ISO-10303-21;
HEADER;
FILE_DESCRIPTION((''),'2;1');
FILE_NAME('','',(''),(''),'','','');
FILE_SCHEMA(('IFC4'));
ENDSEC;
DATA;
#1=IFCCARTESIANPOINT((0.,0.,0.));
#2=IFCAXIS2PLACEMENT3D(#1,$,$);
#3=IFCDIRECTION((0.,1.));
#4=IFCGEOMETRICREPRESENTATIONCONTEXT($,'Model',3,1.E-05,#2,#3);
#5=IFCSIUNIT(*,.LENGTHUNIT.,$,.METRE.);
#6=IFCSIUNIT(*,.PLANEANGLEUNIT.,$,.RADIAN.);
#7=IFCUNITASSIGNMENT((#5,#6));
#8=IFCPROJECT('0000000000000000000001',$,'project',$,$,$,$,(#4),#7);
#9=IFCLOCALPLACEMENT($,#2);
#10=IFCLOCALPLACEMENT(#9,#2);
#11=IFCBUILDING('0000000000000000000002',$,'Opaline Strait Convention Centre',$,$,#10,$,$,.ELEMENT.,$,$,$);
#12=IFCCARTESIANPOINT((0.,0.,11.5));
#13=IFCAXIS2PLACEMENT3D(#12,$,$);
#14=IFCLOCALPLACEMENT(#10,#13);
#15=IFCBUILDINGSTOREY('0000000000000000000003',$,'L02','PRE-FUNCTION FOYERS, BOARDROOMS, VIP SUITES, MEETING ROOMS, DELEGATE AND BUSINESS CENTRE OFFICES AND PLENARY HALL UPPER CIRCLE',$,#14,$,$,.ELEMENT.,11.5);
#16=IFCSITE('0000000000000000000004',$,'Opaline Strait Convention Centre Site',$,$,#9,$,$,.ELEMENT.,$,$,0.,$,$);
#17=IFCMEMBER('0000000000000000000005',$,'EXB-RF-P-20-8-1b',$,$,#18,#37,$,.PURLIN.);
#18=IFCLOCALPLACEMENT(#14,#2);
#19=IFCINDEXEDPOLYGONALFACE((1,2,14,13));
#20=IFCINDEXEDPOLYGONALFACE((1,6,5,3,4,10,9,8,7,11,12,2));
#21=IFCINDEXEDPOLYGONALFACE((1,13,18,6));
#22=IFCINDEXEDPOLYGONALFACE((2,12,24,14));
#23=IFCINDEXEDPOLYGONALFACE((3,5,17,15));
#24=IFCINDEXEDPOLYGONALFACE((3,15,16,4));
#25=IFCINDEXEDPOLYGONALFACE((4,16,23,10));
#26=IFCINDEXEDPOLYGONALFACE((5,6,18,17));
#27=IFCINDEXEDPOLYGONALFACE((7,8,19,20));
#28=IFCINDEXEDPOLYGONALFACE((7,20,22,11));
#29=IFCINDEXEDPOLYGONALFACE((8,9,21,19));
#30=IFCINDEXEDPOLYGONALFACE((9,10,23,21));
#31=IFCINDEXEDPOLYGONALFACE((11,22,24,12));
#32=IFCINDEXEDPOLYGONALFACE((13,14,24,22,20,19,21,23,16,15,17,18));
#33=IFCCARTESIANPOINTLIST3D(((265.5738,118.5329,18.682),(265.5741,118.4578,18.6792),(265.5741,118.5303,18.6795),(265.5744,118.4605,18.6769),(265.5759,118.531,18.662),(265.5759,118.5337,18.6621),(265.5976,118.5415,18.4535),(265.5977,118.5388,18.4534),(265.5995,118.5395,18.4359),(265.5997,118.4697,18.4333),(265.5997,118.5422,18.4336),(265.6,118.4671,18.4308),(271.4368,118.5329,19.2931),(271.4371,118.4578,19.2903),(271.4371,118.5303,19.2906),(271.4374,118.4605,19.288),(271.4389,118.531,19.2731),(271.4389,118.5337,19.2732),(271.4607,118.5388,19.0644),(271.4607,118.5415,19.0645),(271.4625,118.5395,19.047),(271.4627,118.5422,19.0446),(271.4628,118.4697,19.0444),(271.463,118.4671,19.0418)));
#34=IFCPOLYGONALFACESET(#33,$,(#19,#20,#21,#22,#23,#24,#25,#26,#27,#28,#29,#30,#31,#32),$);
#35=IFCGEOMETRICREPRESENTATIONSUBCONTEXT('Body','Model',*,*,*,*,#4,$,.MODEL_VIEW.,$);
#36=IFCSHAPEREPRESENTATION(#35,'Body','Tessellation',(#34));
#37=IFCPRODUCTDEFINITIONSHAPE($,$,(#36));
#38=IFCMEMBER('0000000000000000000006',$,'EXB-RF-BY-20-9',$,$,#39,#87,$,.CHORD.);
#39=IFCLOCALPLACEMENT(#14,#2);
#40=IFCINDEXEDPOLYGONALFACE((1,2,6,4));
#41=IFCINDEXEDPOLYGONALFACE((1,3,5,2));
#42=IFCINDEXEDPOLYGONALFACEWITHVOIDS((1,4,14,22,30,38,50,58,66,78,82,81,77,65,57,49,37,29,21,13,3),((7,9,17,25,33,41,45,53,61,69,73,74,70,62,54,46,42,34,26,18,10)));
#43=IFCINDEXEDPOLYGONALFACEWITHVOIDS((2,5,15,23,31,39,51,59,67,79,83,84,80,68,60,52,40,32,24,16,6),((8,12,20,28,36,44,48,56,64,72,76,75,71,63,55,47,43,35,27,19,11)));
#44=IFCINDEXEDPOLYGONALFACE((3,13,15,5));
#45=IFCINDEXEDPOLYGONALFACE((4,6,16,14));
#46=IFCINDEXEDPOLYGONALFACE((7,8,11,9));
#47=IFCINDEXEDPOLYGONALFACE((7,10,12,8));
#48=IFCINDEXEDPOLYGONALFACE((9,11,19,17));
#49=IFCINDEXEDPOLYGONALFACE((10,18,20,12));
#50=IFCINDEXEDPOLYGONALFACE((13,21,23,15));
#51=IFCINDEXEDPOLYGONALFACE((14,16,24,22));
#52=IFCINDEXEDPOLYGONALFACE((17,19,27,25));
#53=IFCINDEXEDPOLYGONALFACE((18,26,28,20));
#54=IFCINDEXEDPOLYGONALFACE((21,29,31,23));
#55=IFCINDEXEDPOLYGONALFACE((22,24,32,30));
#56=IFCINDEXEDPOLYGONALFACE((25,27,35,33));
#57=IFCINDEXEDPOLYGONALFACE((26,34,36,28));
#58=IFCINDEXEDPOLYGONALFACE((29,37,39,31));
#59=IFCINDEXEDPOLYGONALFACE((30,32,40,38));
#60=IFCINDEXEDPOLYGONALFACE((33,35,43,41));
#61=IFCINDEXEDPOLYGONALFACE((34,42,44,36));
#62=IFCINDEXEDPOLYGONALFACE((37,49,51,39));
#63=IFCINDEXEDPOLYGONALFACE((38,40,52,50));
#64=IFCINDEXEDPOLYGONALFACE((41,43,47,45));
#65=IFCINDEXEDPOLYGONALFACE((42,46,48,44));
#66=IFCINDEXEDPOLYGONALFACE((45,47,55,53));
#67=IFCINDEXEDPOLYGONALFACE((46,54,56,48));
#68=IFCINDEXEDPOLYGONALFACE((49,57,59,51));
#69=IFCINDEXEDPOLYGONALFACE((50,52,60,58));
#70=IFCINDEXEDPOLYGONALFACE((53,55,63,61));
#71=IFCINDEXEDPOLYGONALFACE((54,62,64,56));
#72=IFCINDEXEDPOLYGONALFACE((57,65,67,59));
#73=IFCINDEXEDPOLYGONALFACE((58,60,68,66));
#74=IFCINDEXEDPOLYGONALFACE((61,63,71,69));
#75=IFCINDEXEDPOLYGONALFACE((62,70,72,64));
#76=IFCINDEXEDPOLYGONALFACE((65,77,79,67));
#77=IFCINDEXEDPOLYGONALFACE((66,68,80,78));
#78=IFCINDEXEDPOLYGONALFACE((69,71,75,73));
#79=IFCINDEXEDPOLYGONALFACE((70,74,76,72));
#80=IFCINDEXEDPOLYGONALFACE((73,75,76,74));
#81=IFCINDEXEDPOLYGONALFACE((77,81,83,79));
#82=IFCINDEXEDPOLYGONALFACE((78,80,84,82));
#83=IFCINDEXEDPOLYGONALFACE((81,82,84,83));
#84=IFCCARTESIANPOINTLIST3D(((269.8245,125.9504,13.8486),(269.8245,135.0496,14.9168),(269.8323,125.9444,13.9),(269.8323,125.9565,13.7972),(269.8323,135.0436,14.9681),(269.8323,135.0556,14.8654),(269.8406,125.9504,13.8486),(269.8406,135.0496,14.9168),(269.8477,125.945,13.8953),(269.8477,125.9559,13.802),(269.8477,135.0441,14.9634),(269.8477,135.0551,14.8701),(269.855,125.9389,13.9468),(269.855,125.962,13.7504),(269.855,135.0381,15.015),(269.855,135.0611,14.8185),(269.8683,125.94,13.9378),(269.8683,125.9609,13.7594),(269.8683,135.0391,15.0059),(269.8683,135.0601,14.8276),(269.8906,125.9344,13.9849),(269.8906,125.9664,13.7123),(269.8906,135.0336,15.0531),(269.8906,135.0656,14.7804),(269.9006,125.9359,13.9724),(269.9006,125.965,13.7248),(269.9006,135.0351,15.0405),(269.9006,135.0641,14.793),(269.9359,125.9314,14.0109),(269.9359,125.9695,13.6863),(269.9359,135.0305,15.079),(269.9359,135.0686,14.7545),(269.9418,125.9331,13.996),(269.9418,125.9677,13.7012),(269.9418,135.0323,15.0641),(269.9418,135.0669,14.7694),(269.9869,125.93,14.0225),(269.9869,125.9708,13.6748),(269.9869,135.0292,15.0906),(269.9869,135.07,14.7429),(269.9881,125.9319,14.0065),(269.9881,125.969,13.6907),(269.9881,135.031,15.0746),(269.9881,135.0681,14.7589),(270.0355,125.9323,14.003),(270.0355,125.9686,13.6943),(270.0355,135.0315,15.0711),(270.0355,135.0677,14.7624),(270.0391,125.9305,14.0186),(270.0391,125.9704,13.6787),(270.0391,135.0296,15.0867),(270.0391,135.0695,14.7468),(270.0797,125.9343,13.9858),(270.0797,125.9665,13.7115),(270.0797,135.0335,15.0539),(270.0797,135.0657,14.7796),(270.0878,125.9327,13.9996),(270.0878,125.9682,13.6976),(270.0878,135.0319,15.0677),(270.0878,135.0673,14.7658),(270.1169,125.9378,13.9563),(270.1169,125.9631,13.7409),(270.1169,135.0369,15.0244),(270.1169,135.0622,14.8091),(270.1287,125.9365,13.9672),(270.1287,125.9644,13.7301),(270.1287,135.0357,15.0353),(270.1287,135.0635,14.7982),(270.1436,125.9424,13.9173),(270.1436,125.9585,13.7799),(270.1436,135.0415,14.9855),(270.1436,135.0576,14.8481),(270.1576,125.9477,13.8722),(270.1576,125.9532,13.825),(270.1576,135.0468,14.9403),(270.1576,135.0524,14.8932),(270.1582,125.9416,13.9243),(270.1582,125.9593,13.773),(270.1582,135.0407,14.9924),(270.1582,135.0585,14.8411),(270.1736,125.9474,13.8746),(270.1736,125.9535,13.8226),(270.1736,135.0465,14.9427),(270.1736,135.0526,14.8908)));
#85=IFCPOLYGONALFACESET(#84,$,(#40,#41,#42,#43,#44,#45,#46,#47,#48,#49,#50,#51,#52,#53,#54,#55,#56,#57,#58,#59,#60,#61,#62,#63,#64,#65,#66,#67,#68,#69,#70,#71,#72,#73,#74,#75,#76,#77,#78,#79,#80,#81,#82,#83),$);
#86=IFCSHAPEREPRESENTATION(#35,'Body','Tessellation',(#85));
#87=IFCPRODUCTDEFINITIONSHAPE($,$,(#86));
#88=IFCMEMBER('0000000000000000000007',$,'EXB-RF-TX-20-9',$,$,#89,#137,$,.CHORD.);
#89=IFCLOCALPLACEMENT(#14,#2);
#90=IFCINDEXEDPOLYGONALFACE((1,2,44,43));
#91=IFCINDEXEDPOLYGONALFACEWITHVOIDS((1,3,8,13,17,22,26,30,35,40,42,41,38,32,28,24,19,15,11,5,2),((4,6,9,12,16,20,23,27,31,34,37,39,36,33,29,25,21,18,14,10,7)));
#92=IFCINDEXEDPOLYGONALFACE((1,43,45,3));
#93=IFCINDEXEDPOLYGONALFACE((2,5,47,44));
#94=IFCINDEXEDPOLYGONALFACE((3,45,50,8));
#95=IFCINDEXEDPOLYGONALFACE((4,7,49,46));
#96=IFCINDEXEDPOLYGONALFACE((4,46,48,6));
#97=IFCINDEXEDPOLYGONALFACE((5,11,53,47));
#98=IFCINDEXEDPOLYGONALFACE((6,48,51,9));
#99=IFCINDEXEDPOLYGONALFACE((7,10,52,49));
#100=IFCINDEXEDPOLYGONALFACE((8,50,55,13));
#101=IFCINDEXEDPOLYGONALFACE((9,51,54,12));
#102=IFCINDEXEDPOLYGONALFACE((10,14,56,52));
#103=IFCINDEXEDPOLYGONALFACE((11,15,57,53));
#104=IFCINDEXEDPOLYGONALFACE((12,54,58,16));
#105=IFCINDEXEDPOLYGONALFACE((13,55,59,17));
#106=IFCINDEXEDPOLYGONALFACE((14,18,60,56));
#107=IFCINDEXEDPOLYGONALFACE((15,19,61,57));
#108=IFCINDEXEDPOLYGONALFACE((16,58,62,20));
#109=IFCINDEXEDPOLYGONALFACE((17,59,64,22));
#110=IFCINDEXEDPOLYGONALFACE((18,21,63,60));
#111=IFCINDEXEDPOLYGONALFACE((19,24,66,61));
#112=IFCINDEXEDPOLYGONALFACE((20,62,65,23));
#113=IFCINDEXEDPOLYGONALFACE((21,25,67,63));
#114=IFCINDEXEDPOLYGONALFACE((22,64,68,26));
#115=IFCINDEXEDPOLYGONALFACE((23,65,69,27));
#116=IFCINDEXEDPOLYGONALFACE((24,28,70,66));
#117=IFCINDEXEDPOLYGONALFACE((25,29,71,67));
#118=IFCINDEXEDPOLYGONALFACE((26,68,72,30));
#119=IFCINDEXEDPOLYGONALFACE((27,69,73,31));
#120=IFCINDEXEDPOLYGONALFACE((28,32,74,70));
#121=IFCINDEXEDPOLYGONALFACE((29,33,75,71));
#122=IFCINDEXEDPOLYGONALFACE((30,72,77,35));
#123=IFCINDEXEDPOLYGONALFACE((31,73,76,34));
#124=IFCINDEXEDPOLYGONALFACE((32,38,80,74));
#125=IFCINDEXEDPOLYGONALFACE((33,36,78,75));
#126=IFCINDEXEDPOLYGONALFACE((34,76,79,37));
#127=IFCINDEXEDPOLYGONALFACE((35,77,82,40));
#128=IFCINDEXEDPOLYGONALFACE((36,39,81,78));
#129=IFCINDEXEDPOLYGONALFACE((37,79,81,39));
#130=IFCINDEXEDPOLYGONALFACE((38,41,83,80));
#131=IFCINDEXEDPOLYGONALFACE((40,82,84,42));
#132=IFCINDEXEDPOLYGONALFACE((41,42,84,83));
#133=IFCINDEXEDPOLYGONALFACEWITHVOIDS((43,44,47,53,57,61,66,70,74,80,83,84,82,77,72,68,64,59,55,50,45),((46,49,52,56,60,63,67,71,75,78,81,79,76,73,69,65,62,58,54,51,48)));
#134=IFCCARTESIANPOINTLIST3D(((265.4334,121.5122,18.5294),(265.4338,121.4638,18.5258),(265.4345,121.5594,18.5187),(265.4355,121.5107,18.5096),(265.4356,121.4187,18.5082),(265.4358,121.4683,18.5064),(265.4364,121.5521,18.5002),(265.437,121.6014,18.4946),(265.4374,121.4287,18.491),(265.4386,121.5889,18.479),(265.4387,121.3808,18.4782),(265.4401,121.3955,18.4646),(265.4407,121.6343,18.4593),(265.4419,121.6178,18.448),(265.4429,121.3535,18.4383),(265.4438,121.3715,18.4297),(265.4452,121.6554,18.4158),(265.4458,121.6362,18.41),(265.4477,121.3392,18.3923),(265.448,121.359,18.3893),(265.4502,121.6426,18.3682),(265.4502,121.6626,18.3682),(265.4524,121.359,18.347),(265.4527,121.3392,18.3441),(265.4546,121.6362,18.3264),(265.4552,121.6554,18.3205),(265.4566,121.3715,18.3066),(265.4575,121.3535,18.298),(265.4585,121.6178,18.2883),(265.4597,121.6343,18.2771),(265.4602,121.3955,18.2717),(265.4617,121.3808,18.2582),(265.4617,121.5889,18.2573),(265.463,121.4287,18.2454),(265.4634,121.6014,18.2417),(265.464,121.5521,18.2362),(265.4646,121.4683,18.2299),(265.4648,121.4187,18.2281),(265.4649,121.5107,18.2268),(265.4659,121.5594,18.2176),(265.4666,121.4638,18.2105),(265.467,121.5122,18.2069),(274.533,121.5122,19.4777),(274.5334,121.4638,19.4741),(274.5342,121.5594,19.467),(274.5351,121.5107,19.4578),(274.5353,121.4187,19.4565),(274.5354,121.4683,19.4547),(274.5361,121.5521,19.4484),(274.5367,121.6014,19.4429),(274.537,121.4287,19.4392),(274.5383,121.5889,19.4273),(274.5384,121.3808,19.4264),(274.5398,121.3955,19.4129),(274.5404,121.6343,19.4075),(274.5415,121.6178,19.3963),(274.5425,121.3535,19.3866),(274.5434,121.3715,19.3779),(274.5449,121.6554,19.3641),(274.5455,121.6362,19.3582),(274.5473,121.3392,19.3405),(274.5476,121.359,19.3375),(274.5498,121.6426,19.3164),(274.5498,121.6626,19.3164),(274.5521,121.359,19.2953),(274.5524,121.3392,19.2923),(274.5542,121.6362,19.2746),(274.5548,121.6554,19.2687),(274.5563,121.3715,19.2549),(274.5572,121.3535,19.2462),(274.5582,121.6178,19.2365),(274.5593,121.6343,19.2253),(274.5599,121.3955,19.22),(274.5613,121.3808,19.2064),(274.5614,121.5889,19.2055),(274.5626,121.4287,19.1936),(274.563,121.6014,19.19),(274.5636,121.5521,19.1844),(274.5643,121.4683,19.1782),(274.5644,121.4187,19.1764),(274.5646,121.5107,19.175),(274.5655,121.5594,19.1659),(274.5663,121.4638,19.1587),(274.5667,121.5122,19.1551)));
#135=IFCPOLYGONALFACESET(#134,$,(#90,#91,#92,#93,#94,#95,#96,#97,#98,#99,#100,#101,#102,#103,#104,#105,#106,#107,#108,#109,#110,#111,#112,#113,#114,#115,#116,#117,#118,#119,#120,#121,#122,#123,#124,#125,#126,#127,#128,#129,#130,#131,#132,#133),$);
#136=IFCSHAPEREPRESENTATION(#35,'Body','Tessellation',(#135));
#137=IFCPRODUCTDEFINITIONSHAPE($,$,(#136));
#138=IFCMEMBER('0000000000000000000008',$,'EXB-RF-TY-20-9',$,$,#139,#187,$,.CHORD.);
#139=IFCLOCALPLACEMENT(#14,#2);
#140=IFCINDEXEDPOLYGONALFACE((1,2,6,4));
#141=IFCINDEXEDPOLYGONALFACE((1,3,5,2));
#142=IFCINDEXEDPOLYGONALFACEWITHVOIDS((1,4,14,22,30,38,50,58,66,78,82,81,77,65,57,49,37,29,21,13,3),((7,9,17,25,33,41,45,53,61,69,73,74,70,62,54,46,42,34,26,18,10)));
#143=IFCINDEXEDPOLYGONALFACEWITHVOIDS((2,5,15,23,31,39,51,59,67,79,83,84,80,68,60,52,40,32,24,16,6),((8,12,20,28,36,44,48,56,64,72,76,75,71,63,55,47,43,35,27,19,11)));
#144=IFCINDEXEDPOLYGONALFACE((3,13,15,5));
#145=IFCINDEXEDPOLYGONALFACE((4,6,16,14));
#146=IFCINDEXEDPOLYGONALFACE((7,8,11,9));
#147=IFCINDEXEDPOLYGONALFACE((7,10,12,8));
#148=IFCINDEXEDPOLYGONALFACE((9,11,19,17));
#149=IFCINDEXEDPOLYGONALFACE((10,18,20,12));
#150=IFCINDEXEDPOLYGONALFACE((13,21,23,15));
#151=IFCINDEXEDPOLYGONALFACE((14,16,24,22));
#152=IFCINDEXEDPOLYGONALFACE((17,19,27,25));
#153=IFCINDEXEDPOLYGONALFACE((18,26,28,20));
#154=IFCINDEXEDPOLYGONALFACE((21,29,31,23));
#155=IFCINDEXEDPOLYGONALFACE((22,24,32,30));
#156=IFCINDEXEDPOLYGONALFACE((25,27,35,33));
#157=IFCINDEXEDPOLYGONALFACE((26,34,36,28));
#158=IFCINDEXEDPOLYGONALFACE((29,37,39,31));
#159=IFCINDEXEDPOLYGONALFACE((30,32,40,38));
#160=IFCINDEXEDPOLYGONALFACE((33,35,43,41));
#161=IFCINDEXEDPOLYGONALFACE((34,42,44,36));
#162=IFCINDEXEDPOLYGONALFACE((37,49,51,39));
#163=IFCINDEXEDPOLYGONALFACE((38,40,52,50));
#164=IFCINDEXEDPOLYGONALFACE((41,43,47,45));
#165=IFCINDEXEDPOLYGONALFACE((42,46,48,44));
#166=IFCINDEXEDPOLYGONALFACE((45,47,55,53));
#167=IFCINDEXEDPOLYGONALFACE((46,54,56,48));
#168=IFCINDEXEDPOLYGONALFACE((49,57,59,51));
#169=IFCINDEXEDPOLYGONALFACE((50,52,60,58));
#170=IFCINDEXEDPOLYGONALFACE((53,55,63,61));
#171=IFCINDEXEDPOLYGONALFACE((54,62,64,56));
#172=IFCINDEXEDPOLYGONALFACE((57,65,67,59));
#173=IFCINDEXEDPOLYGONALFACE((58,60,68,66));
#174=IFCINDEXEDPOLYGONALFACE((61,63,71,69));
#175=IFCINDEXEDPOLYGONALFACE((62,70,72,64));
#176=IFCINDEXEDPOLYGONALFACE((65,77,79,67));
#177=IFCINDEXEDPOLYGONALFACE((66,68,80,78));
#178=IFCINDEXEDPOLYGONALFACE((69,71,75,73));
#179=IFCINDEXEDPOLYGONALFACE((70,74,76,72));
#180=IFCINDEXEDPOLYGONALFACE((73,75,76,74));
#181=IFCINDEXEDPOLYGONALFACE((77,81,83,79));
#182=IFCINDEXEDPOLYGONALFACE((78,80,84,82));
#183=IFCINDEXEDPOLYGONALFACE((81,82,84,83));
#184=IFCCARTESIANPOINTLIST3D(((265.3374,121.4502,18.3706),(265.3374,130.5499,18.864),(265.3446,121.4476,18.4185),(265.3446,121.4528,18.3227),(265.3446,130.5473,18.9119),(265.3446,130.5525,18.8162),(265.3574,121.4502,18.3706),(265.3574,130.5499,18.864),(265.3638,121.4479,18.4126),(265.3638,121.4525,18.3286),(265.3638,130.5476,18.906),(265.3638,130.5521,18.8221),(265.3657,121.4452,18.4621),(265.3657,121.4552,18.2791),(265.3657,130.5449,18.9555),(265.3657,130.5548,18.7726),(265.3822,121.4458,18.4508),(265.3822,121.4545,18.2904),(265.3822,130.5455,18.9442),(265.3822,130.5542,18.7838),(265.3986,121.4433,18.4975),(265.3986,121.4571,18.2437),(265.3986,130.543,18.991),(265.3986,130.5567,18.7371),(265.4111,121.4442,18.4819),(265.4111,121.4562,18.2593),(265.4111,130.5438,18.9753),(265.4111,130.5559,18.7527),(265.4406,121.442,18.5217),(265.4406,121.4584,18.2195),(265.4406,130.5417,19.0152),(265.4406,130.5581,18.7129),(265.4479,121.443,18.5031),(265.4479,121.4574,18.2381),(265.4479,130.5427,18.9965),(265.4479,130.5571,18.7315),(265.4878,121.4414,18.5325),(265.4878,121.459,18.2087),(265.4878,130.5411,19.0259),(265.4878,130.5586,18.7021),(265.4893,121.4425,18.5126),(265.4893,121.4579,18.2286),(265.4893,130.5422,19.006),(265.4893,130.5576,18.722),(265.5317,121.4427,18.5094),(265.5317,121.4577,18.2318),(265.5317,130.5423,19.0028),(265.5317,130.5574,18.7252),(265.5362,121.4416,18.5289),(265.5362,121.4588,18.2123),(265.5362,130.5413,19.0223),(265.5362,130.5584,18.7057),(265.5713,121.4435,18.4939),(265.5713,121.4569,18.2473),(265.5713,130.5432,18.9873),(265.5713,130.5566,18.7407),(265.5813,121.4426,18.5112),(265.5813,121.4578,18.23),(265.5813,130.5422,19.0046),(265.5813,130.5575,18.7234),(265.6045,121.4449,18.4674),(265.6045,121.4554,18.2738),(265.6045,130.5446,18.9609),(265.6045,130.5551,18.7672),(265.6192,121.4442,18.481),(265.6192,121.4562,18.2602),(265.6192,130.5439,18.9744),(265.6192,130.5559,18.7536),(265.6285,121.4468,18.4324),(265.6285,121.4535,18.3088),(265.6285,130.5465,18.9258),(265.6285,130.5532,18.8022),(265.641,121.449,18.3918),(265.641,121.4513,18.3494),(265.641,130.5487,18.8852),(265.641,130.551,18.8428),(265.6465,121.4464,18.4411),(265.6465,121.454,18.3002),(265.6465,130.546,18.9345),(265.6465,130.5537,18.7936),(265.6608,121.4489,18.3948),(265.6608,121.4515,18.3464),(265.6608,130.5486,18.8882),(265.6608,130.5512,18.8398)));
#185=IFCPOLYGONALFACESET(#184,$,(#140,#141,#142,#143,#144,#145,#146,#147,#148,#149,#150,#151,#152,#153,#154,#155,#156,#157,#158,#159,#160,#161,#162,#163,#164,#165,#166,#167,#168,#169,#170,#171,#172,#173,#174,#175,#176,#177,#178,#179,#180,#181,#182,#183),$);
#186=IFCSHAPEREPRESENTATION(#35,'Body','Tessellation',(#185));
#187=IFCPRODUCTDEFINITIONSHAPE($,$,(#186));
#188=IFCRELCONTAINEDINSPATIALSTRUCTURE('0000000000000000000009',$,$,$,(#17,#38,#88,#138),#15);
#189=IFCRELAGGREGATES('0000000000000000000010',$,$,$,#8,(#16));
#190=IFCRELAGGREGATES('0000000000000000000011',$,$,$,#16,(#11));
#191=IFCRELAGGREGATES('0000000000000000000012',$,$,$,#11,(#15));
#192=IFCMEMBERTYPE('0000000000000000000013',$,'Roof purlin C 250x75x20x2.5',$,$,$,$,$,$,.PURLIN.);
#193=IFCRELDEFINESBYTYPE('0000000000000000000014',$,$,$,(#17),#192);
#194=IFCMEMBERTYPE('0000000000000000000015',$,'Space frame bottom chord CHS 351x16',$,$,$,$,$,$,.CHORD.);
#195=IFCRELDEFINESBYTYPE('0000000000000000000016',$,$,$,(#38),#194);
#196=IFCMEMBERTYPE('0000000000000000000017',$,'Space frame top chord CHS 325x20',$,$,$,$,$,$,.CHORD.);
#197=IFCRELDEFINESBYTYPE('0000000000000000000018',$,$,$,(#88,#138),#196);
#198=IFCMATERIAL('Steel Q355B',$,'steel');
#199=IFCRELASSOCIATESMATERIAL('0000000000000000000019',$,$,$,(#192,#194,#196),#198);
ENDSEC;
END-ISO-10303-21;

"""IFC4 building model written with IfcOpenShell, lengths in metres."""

from ifc_helpers import new_model, si_unit, direction, frame, origin, origin_2d, place, context, subcontext, project, spatial, polyline, hollow_circle, outline, extrude, material, material_profile, profile_set, type_object, element, save


model = new_model("IFC4")

# Units and contexts
model_context = context("Model", 3, precision=1e-05, world=origin(), true_north=direction((0.0, 1.0)))
body_context = subcontext(model_context, "Body", "Model", "MODEL_VIEW")
ifc_project = project(units=[si_unit("LENGTHUNIT", "METRE"), si_unit("PLANEANGLEUNIT", "RADIAN")], contexts=[model_context])

# Site, building, storey
site_placement = place(None, origin())
site = spatial("IfcSite", under=ifc_project, at=site_placement, Name="Opaline Strait Convention Centre Site", CompositionType="ELEMENT", RefElevation=0.0)
building_placement = place(site_placement, origin())
building = spatial("IfcBuilding", under=site, at=building_placement, Name="Opaline Strait Convention Centre", CompositionType="ELEMENT")
storey_placement = place(building_placement, frame((0.0, 0.0, 11.5)))
storey = spatial("IfcBuildingStorey", under=building, at=storey_placement, Name="L02", Description="PRE-FUNCTION FOYERS, BOARDROOMS, VIP SUITES, MEETING ROOMS, DELEGATE AND BUSINESS CENTRE OFFICES AND PLENARY HALL UPPER CIRCLE", CompositionType="ELEMENT", Elevation=11.5)

# Members
ifc_material_1 = material(Name="Steel Q355B", Category="steel")
ifc_material_profile_1 = material_profile(ifc_material_1, outline(polyline([(-0.0376, -0.125), (0.0376, -0.125), (0.0376, -0.105), (0.0349, -0.105), (0.0349, -0.1226), (-0.0349, -0.1226), (-0.0349, 0.1226), (0.0349, 0.1226), (0.0349, 0.105), (0.0376, 0.105), (0.0376, 0.125), (-0.0376, 0.125), (-0.0376, -0.125)])), Name="C 250x75x20x2.5")
ifc_profile_set_1 = profile_set([ifc_material_profile_1], Name="Steel Q355B")
member_type_1 = type_object("IfcMemberType", Name="Roof purlin C 250x75x20x2.5", PredefinedType="PURLIN", material=ifc_profile_set_1)
member_1_placement = place(storey_placement, frame((265.5869, 118.5, 18.5564), z_axis=(0.994612, 0.0, 0.103665), x_axis=(-0.003872, 0.999302, 0.037151)))
element("IfcMember", 1, at=member_1_placement, inside=storey, type_object=member_type_1, Name="EXB-RF-P-20-8-1b", PredefinedType="PURLIN", context=body_context, shape_type="SweptSolid", body=[
    extrude(outline(polyline([(-0.0376, -0.125), (0.0376, -0.125), (0.0376, -0.105), (0.0349, -0.105), (0.0349, -0.1226), (-0.0349, -0.1226), (-0.0349, 0.1226), (0.0349, 0.1226), (0.0349, 0.105), (0.0376, 0.105), (0.0376, 0.125), (-0.0376, 0.125), (-0.0376, -0.125)])), origin(), (0.0, 0.0, 1.0), 5.8948),
])
ifc_material_profile_2 = material_profile(ifc_material_1, hollow_circle(Radius=0.1755, WallThickness=0.0161, at=origin_2d()), Name="CHS 351x16")
ifc_profile_set_2 = profile_set([ifc_material_profile_2], Name="Steel Q355B")
member_type_2 = type_object("IfcMemberType", Name="Space frame bottom chord CHS 351x16", PredefinedType="CHORD", material=ifc_profile_set_2)
member_2_placement = place(storey_placement, frame((270.0, 125.9504, 13.8486), z_axis=(0.0, 0.993181, 0.116586), x_axis=(-1.0, 0.0, 0.0)))
element("IfcMember", 2, at=member_2_placement, inside=storey, type_object=member_type_2, Name="EXB-RF-BY-20-9", PredefinedType="CHORD", context=body_context, shape_type="SweptSolid", body=[
    extrude(hollow_circle(Radius=0.1755, WallThickness=0.0161, at=origin_2d()), origin(), (0.0, 0.0, 1.0), 9.1616),
])
ifc_material_profile_3 = material_profile(ifc_material_1, hollow_circle(Radius=0.1626, WallThickness=0.02, at=origin_2d()), Name="CHS 325x20")
ifc_profile_set_3 = profile_set([ifc_material_profile_3], Name="Steel Q355B")
member_type_3 = type_object("IfcMemberType", Name="Space frame top chord CHS 325x20", PredefinedType="CHORD", material=ifc_profile_set_3)
member_3_placement = place(storey_placement, frame((265.4502, 121.5, 18.3682), z_axis=(0.994614, 0.0, 0.103646), x_axis=(0.0, 1.0, 0.0)))
element("IfcMember", 3, at=member_3_placement, inside=storey, type_object=member_type_3, Name="EXB-RF-TX-20-9", PredefinedType="CHORD", context=body_context, shape_type="SweptSolid", body=[
    extrude(hollow_circle(Radius=0.1626, WallThickness=0.02, at=origin_2d()), origin(), (0.0, 0.0, 1.0), 9.1489),
])
member_4_placement = place(storey_placement, frame((265.5, 121.4502, 18.3706), z_axis=(0.0, 0.998533, 0.054143), x_axis=(-1.0, 0.0, 0.0)))
element("IfcMember", 4, at=member_4_placement, inside=storey, type_object=member_type_3, Name="EXB-RF-TY-20-9", PredefinedType="CHORD", context=body_context, shape_type="SweptSolid", body=[
    extrude(hollow_circle(Radius=0.1626, WallThickness=0.02, at=origin_2d()), origin(), (0.0, 0.0, 1.0), 9.113),
])

save(model, "model.ifc")
